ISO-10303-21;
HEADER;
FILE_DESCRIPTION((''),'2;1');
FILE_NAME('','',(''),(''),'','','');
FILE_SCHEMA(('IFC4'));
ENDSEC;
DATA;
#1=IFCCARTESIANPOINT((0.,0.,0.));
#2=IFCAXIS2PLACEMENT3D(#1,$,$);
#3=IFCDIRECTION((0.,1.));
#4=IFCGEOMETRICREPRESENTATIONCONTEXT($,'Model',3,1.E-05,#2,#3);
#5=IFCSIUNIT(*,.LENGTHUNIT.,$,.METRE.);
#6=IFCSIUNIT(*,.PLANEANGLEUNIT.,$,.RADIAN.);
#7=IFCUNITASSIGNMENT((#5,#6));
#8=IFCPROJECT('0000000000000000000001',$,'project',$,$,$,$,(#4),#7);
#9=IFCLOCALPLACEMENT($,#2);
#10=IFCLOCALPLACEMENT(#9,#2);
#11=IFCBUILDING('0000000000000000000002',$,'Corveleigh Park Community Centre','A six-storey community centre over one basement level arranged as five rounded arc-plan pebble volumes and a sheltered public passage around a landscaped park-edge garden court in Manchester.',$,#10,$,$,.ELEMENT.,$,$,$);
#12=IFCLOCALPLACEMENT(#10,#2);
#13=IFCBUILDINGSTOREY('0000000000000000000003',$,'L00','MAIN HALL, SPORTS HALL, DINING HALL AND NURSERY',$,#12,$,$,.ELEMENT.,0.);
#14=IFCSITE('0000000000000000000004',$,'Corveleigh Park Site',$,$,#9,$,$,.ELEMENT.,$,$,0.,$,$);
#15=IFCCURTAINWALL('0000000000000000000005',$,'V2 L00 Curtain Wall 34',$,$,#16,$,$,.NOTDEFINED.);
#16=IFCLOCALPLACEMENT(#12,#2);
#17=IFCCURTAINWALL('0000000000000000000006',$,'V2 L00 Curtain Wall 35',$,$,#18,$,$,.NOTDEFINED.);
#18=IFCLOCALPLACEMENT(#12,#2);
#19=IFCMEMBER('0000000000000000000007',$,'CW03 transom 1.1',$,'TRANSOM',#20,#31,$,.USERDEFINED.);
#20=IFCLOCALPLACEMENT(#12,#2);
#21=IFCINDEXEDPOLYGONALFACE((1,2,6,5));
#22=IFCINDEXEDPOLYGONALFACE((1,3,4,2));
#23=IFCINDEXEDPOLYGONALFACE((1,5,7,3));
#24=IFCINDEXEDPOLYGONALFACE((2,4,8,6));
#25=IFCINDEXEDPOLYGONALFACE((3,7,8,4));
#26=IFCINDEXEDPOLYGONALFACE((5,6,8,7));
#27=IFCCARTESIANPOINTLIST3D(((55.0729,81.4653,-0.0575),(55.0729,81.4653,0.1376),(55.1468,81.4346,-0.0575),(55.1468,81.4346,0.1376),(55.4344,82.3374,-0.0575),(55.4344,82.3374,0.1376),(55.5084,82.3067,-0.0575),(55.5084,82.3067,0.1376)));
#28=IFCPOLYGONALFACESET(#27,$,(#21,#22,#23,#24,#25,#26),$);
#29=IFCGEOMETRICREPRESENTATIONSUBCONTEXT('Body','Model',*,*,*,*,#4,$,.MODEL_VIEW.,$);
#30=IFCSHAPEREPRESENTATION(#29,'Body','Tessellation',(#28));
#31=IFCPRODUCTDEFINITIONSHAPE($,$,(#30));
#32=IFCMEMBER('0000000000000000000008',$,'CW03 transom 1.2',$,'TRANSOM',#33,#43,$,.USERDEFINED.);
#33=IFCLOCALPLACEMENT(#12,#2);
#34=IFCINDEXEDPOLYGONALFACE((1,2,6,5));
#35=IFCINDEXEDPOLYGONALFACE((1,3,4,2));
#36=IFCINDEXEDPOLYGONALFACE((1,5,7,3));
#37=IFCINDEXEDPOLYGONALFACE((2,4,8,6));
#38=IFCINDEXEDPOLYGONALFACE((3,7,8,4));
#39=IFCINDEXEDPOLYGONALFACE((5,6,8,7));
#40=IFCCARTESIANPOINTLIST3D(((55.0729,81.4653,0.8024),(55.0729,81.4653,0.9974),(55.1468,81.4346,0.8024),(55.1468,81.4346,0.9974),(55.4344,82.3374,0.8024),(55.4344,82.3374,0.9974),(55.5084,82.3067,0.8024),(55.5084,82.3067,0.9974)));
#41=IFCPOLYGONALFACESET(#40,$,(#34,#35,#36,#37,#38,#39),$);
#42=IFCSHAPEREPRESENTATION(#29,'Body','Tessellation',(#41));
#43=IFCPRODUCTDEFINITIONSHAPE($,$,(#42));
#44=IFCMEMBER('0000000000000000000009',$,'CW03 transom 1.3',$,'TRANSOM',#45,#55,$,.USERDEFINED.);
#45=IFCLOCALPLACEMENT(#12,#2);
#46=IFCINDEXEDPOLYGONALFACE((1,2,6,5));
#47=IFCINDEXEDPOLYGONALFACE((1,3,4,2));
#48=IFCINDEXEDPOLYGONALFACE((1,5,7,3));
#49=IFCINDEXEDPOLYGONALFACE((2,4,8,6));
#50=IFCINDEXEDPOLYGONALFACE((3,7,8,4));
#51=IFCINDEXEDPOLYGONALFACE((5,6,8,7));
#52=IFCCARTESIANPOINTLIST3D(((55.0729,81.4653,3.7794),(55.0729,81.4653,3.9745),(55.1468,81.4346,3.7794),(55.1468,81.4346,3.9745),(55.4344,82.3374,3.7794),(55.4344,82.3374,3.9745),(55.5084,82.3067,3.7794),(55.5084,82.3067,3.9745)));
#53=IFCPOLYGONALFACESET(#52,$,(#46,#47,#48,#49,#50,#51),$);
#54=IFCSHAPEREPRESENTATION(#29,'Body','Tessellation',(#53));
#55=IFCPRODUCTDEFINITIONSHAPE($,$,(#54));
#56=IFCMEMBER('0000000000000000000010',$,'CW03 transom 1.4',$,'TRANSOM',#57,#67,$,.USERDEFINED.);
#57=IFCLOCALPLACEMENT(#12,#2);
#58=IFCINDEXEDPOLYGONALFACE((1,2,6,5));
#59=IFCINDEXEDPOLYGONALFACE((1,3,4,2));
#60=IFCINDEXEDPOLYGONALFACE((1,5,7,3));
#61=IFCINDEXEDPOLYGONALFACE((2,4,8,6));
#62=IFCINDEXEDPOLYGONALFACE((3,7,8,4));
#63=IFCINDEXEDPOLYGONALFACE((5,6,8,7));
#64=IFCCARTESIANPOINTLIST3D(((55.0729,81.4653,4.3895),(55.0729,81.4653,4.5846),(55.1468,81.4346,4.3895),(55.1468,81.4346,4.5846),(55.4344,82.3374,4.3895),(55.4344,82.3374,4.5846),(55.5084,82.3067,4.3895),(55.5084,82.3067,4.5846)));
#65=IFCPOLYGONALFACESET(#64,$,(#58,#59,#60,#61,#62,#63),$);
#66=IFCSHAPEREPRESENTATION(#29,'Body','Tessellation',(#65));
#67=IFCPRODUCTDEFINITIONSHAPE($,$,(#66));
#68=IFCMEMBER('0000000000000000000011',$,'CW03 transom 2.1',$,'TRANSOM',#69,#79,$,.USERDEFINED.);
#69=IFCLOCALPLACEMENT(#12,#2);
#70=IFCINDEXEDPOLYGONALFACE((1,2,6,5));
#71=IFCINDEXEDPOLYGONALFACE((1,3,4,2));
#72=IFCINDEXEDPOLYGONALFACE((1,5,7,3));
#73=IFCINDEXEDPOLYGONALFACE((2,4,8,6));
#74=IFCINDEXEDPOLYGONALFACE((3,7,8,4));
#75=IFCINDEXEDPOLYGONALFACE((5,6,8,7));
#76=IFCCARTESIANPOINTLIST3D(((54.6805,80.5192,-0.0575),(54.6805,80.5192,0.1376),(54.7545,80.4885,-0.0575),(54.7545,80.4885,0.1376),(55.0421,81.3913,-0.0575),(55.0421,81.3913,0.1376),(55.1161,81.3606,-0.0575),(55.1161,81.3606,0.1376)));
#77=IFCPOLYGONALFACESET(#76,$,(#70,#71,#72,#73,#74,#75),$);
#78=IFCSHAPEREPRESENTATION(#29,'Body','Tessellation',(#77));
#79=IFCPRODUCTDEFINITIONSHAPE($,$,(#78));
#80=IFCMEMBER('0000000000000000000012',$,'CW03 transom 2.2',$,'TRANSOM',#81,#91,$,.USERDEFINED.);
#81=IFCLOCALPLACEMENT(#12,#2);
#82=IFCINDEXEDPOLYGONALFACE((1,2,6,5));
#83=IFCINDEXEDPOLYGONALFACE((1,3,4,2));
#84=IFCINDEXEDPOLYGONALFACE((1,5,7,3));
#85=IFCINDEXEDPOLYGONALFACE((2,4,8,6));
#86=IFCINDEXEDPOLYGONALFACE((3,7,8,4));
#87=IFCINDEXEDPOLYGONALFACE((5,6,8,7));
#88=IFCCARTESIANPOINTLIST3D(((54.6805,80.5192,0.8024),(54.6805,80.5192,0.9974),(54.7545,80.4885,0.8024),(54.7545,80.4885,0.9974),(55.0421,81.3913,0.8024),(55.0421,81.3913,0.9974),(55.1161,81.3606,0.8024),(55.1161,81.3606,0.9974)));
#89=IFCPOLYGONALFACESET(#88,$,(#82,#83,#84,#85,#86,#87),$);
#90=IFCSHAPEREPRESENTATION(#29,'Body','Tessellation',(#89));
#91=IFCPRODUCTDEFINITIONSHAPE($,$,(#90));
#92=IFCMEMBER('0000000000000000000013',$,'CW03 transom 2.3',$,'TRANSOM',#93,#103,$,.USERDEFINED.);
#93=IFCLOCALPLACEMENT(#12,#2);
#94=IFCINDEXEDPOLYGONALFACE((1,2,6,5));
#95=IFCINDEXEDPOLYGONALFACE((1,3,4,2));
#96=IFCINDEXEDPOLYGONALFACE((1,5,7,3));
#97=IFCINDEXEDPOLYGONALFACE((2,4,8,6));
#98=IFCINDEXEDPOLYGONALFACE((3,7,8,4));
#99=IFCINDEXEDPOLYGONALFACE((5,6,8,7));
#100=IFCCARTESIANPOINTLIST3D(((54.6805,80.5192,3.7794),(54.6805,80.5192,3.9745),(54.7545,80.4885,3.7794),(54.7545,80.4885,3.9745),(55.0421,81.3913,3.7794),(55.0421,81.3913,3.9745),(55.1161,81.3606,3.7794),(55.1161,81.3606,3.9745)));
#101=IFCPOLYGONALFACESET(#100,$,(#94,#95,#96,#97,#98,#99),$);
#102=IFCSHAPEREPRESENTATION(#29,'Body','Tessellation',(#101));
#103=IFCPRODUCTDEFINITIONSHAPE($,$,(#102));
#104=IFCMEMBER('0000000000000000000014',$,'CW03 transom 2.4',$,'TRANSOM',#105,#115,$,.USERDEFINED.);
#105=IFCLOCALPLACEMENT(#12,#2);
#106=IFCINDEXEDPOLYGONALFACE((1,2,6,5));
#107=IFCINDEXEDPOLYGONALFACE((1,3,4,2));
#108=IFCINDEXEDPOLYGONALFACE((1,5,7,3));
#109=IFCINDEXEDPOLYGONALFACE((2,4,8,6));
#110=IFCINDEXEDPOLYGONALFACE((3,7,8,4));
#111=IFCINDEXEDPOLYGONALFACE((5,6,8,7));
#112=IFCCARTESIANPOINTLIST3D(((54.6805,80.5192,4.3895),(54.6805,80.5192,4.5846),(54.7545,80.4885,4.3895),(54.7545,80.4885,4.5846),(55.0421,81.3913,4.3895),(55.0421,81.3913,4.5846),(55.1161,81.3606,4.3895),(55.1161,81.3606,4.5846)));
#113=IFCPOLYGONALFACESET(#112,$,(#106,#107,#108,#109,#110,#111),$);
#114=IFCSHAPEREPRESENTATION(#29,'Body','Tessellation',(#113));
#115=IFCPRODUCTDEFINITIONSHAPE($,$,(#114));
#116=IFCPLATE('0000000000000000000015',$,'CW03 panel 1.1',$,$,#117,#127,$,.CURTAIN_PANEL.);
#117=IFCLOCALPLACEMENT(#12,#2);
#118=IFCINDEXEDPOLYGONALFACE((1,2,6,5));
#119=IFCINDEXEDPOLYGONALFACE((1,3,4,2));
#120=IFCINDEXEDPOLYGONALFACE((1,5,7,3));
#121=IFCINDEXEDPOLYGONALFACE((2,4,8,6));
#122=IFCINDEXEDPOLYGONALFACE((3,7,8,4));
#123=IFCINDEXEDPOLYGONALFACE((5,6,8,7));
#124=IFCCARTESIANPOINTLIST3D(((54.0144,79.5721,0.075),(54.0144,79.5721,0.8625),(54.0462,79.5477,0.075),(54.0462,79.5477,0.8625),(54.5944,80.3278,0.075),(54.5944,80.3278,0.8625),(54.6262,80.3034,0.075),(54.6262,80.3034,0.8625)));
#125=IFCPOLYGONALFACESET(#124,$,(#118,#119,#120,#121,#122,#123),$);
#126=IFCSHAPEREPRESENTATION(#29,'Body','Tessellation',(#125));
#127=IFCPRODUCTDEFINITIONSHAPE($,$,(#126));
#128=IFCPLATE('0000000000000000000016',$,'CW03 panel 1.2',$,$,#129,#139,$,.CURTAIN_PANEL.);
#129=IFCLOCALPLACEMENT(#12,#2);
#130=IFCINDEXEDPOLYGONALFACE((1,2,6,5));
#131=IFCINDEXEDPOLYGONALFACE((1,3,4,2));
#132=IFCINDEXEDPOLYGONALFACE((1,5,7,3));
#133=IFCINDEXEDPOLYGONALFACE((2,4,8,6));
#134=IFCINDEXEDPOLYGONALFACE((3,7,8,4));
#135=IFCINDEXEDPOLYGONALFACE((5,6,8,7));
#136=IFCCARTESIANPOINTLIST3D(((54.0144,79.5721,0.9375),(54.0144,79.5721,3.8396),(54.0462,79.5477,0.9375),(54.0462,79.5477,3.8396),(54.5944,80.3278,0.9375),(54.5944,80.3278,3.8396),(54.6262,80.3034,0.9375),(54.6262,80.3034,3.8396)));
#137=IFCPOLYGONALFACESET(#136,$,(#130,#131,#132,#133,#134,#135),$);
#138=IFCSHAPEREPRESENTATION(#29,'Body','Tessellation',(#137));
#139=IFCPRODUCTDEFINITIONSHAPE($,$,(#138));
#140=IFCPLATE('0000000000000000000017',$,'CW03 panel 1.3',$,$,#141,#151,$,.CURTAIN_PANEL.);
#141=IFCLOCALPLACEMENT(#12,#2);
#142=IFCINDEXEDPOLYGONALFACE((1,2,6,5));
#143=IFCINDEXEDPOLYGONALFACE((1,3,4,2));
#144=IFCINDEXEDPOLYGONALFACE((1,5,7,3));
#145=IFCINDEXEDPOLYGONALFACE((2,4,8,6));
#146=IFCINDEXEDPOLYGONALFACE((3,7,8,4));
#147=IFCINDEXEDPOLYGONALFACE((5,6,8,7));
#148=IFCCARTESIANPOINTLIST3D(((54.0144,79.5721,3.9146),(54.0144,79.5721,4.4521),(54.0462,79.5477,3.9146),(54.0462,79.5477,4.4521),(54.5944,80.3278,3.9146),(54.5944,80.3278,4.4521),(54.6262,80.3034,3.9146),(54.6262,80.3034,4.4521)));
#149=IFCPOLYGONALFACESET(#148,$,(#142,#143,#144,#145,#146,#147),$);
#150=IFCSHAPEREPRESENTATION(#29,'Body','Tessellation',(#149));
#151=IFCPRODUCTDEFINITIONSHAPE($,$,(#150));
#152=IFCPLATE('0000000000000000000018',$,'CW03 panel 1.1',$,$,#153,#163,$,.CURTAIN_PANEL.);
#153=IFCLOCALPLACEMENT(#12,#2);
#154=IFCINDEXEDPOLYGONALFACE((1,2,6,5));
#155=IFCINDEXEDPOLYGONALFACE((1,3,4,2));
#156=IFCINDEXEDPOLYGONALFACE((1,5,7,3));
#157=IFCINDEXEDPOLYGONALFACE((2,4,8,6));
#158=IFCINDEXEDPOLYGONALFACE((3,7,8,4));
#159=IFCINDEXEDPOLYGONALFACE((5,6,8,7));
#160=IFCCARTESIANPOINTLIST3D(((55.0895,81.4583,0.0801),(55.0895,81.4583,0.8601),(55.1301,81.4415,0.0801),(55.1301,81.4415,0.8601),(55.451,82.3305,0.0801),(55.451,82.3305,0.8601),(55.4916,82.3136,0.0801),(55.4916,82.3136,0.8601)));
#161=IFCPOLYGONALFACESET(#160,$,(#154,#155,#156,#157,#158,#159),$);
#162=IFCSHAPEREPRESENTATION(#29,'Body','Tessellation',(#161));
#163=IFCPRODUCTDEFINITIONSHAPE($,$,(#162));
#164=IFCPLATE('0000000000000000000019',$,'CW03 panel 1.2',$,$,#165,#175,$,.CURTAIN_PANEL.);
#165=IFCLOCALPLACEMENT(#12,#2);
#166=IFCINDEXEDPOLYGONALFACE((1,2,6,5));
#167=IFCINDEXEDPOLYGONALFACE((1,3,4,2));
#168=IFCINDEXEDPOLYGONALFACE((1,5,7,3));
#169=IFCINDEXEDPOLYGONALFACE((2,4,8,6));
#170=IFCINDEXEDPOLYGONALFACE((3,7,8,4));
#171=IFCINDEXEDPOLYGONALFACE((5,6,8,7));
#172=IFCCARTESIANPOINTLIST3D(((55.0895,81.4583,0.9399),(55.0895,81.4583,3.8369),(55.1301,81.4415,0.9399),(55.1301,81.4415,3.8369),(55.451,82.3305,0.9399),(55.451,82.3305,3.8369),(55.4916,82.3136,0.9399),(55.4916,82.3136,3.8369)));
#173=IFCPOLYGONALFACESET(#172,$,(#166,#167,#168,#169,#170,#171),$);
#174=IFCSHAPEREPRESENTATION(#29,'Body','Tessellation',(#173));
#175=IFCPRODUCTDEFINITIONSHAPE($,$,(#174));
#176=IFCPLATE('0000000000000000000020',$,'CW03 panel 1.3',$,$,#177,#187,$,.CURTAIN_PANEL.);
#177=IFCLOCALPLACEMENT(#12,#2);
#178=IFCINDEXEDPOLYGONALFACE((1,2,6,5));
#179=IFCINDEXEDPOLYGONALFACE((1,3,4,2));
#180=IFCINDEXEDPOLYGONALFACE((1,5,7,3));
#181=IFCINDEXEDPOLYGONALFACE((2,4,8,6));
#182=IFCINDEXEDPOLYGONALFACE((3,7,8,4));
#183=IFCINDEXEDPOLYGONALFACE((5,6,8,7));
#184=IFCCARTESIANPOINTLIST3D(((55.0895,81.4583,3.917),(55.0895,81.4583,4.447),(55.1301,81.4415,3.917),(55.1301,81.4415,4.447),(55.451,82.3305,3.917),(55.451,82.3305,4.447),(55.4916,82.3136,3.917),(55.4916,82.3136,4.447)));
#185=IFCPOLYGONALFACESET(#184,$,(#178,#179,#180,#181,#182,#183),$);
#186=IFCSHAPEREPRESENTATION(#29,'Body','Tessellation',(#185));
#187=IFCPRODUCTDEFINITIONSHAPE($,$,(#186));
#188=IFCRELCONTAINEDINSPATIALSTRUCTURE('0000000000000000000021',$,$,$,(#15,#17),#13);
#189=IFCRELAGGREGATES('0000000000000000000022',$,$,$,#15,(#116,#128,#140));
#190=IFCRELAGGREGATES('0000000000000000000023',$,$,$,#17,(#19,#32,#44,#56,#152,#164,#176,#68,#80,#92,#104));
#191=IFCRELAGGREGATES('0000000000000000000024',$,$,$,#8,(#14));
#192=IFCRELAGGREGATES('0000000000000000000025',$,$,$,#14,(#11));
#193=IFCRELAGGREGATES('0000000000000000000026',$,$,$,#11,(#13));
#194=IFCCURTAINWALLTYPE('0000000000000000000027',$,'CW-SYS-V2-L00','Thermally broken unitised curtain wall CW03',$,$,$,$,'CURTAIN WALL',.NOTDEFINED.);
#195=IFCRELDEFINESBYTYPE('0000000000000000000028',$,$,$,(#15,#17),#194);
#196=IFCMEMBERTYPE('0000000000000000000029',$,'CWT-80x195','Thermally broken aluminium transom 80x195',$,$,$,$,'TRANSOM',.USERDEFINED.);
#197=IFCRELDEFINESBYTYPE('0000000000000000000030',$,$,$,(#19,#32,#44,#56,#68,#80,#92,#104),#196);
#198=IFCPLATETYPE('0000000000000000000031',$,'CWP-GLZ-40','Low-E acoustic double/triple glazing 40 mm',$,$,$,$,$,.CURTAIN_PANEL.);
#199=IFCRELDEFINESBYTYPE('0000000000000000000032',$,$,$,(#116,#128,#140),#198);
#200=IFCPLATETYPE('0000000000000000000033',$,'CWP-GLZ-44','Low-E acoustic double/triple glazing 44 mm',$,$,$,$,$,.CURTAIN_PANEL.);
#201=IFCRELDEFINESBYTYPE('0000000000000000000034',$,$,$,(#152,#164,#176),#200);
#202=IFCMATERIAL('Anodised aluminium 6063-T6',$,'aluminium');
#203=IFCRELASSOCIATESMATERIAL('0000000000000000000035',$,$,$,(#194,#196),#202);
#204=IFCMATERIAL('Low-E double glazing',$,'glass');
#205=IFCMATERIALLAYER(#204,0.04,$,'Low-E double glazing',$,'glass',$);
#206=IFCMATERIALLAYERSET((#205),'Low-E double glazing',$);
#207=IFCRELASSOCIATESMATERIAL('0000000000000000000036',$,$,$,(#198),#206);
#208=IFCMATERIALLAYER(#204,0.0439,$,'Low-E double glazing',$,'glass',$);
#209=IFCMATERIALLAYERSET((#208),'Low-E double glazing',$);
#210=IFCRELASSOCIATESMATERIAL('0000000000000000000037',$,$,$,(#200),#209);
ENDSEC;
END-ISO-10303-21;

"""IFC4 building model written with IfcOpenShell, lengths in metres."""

from ifc_helpers import new_model, si_unit, direction, frame, origin, origin_2d, place, context, subcontext, project, spatial, rectangle, extrude, material, layer, layer_set, material_profile, profile_set, type_object, element, aggregate, save


model = new_model("IFC4")

# Units and contexts
model_context = context("Model", 3, precision=1e-05, world=origin(), true_north=direction((0.0, 1.0)))
body_context = subcontext(model_context, "Body", "Model", "MODEL_VIEW")
ifc_project = project(units=[si_unit("LENGTHUNIT", "METRE"), si_unit("PLANEANGLEUNIT", "RADIAN")], contexts=[model_context])

# Site, building, storey
site_placement = place(None, origin())
site = spatial("IfcSite", under=ifc_project, at=site_placement, Name="Corveleigh Park Site", CompositionType="ELEMENT", RefElevation=0.0)
building_placement = place(site_placement, origin())
building = spatial("IfcBuilding", under=site, at=building_placement, Name="Corveleigh Park Community Centre", Description="A six-storey community centre over one basement level arranged as five rounded arc-plan pebble volumes and a sheltered public passage around a landscaped park-edge garden court in Manchester.", CompositionType="ELEMENT")
storey_placement = place(building_placement, origin())
storey = spatial("IfcBuildingStorey", under=building, at=storey_placement, Name="L00", Description="MAIN HALL, SPORTS HALL, DINING HALL AND NURSERY", CompositionType="ELEMENT", Elevation=0.0)

# Curtain walls
ifc_material_1 = material(Name="Anodised aluminium 6063-T6", Category="aluminium")
curtain_wall_type = type_object("IfcCurtainWallType", Name="CW-SYS-V2-L00", Description="Thermally broken unitised curtain wall CW03", ElementType="CURTAIN WALL", PredefinedType="NOTDEFINED", material=ifc_material_1)
curtain_wall_1_placement = place(storey_placement, origin())
curtain_wall_1 = element("IfcCurtainWall", 1, at=curtain_wall_1_placement, inside=storey, type_object=curtain_wall_type, Name="V2 L00 Curtain Wall 34", PredefinedType="NOTDEFINED")
curtain_wall_2_placement = place(storey_placement, origin())
curtain_wall_2 = element("IfcCurtainWall", 2, at=curtain_wall_2_placement, inside=storey, type_object=curtain_wall_type, Name="V2 L00 Curtain Wall 35", PredefinedType="NOTDEFINED")

# Members
ifc_material_profile_1 = material_profile(ifc_material_1, rectangle(XDim=0.0801, YDim=0.1951, at=origin_2d()), Name="ALU-T80x195", Category="aluminium")
ifc_profile_set_1 = profile_set([ifc_material_profile_1], Name="Anodised aluminium 6063-T6")
member_type_1 = type_object("IfcMemberType", Name="CWT-80x195", Description="Thermally broken aluminium transom 80x195", ElementType="TRANSOM", PredefinedType="USERDEFINED", material=ifc_profile_set_1)
member_1_placement = place(storey_placement, frame((55.4714, 82.322, 0.04), z_axis=(-0.382999, -0.923749, 0.0), x_axis=(0.923749, -0.382999, 0.0)))
member_1 = element("IfcMember", 3, at=member_1_placement, type_object=member_type_1, Name="CW03 transom 1.1", ObjectType="TRANSOM", PredefinedType="USERDEFINED", context=body_context, shape_type="SweptSolid", body=[
    extrude(rectangle(XDim=0.0801, YDim=0.1951, at=origin_2d()), origin(), (0.0, 0.0, 1.0), 0.9441),
])
member_2_placement = place(storey_placement, frame((55.4714, 82.322, 0.8999), z_axis=(-0.382999, -0.923749, 0.0), x_axis=(0.923749, -0.382999, 0.0)))
member_2 = element("IfcMember", 4, at=member_2_placement, type_object=member_type_1, Name="CW03 transom 1.2", ObjectType="TRANSOM", PredefinedType="USERDEFINED", context=body_context, shape_type="SweptSolid", body=[
    extrude(rectangle(XDim=0.0801, YDim=0.1951, at=origin_2d()), origin(), (0.0, 0.0, 1.0), 0.9441),
])
member_3_placement = place(storey_placement, frame((55.4714, 82.322, 3.877), z_axis=(-0.382999, -0.923749, 0.0), x_axis=(0.923749, -0.382999, 0.0)))
member_3 = element("IfcMember", 5, at=member_3_placement, type_object=member_type_1, Name="CW03 transom 1.3", ObjectType="TRANSOM", PredefinedType="USERDEFINED", context=body_context, shape_type="SweptSolid", body=[
    extrude(rectangle(XDim=0.0801, YDim=0.1951, at=origin_2d()), origin(), (0.0, 0.0, 1.0), 0.9441),
])
member_4_placement = place(storey_placement, frame((55.4714, 82.322, 4.4871), z_axis=(-0.382999, -0.923749, 0.0), x_axis=(0.923749, -0.382999, 0.0)))
member_4 = element("IfcMember", 6, at=member_4_placement, type_object=member_type_1, Name="CW03 transom 1.4", ObjectType="TRANSOM", PredefinedType="USERDEFINED", context=body_context, shape_type="SweptSolid", body=[
    extrude(rectangle(XDim=0.0801, YDim=0.1951, at=origin_2d()), origin(), (0.0, 0.0, 1.0), 0.9441),
])
member_5_placement = place(storey_placement, frame((55.0791, 81.376, 0.04), z_axis=(-0.382999, -0.923749, 0.0), x_axis=(0.923749, -0.382999, 0.0)))
member_5 = element("IfcMember", 7, at=member_5_placement, type_object=member_type_1, Name="CW03 transom 2.1", ObjectType="TRANSOM", PredefinedType="USERDEFINED", context=body_context, shape_type="SweptSolid", body=[
    extrude(rectangle(XDim=0.0801, YDim=0.1951, at=origin_2d()), origin(), (0.0, 0.0, 1.0), 0.9441),
])
member_6_placement = place(storey_placement, frame((55.0791, 81.376, 0.8999), z_axis=(-0.382999, -0.923749, 0.0), x_axis=(0.923749, -0.382999, 0.0)))
member_6 = element("IfcMember", 8, at=member_6_placement, type_object=member_type_1, Name="CW03 transom 2.2", ObjectType="TRANSOM", PredefinedType="USERDEFINED", context=body_context, shape_type="SweptSolid", body=[
    extrude(rectangle(XDim=0.0801, YDim=0.1951, at=origin_2d()), origin(), (0.0, 0.0, 1.0), 0.9441),
])
member_7_placement = place(storey_placement, frame((55.0791, 81.376, 3.877), z_axis=(-0.382999, -0.923749, 0.0), x_axis=(0.923749, -0.382999, 0.0)))
member_7 = element("IfcMember", 9, at=member_7_placement, type_object=member_type_1, Name="CW03 transom 2.3", ObjectType="TRANSOM", PredefinedType="USERDEFINED", context=body_context, shape_type="SweptSolid", body=[
    extrude(rectangle(XDim=0.0801, YDim=0.1951, at=origin_2d()), origin(), (0.0, 0.0, 1.0), 0.9441),
])
member_8_placement = place(storey_placement, frame((55.0791, 81.376, 4.4871), z_axis=(-0.382999, -0.923749, 0.0), x_axis=(0.923749, -0.382999, 0.0)))
member_8 = element("IfcMember", 10, at=member_8_placement, type_object=member_type_1, Name="CW03 transom 2.4", ObjectType="TRANSOM", PredefinedType="USERDEFINED", context=body_context, shape_type="SweptSolid", body=[
    extrude(rectangle(XDim=0.0801, YDim=0.1951, at=origin_2d()), origin(), (0.0, 0.0, 1.0), 0.9441),
])

# Plates
ifc_material_2 = material(Name="Low-E double glazing", Category="glass")
ifc_layer_1 = layer(ifc_material_2, 0.04, Name="Low-E double glazing", Category="glass")
ifc_layer_set_1 = layer_set([ifc_layer_1], Name="Low-E double glazing")
plate_type_1 = type_object("IfcPlateType", Name="CWP-GLZ-40", Description="Low-E acoustic double/triple glazing 40 mm", PredefinedType="CURTAIN_PANEL", material=ifc_layer_set_1)
plate_1_placement = place(storey_placement, frame((54.3203, 79.9377, 0.075), z_axis=(0.0, 0.0, 1.0), x_axis=(-0.608826, -0.793304, 0.0)))
plate_1 = element("IfcPlate", 11, at=plate_1_placement, type_object=plate_type_1, Name="CW03 panel 1.1", PredefinedType="CURTAIN_PANEL", context=body_context, shape_type="SweptSolid", body=[
    extrude(rectangle(XDim=0.9526, YDim=0.04, at=origin_2d()), origin(), (0.0, 0.0, 1.0), 0.7876),
])
plate_2_placement = place(storey_placement, frame((54.3203, 79.9377, 0.9375), z_axis=(0.0, 0.0, 1.0), x_axis=(-0.608826, -0.793304, 0.0)))
plate_2 = element("IfcPlate", 12, at=plate_2_placement, type_object=plate_type_1, Name="CW03 panel 1.2", PredefinedType="CURTAIN_PANEL", context=body_context, shape_type="SweptSolid", body=[
    extrude(rectangle(XDim=0.9526, YDim=0.04, at=origin_2d()), origin(), (0.0, 0.0, 1.0), 2.9021),
])
plate_3_placement = place(storey_placement, frame((54.3203, 79.9377, 3.9146), z_axis=(0.0, 0.0, 1.0), x_axis=(-0.608826, -0.793304, 0.0)))
plate_3 = element("IfcPlate", 13, at=plate_3_placement, type_object=plate_type_1, Name="CW03 panel 1.3", PredefinedType="CURTAIN_PANEL", context=body_context, shape_type="SweptSolid", body=[
    extrude(rectangle(XDim=0.9526, YDim=0.04, at=origin_2d()), origin(), (0.0, 0.0, 1.0), 0.5376),
])
aggregate(curtain_wall_1, [plate_1, plate_2, plate_3])
ifc_layer_2 = layer(ifc_material_2, 0.0439, Name="Low-E double glazing", Category="glass")
ifc_layer_set_2 = layer_set([ifc_layer_2], Name="Low-E double glazing")
plate_type_2 = type_object("IfcPlateType", Name="CWP-GLZ-44", Description="Low-E acoustic double/triple glazing 44 mm", PredefinedType="CURTAIN_PANEL", material=ifc_layer_set_2)
plate_4_placement = place(storey_placement, frame((55.2905, 81.886, 0.0801), z_axis=(0.0, 0.0, 1.0), x_axis=(-0.382947, -0.92377, 0.0)))
plate_4 = element("IfcPlate", 14, at=plate_4_placement, type_object=plate_type_2, Name="CW03 panel 1.1", PredefinedType="CURTAIN_PANEL", context=body_context, shape_type="SweptSolid", body=[
    extrude(rectangle(XDim=0.9441, YDim=0.0439, at=origin_2d()), origin(), (0.0, 0.0, 1.0), 0.78),
])
plate_5_placement = place(storey_placement, frame((55.2905, 81.886, 0.9399), z_axis=(0.0, 0.0, 1.0), x_axis=(-0.382947, -0.92377, 0.0)))
plate_5 = element("IfcPlate", 15, at=plate_5_placement, type_object=plate_type_2, Name="CW03 panel 1.2", PredefinedType="CURTAIN_PANEL", context=body_context, shape_type="SweptSolid", body=[
    extrude(rectangle(XDim=0.9441, YDim=0.0439, at=origin_2d()), origin(), (0.0, 0.0, 1.0), 2.897),
])
plate_6_placement = place(storey_placement, frame((55.2905, 81.886, 3.917), z_axis=(0.0, 0.0, 1.0), x_axis=(-0.382947, -0.92377, 0.0)))
plate_6 = element("IfcPlate", 16, at=plate_6_placement, type_object=plate_type_2, Name="CW03 panel 1.3", PredefinedType="CURTAIN_PANEL", context=body_context, shape_type="SweptSolid", body=[
    extrude(rectangle(XDim=0.9441, YDim=0.0439, at=origin_2d()), origin(), (0.0, 0.0, 1.0), 0.53),
])
aggregate(curtain_wall_2, [member_1, member_2, member_3, member_4, plate_4, plate_5, plate_6, member_5, member_6, member_7, member_8])

save(model, "model.ifc")
